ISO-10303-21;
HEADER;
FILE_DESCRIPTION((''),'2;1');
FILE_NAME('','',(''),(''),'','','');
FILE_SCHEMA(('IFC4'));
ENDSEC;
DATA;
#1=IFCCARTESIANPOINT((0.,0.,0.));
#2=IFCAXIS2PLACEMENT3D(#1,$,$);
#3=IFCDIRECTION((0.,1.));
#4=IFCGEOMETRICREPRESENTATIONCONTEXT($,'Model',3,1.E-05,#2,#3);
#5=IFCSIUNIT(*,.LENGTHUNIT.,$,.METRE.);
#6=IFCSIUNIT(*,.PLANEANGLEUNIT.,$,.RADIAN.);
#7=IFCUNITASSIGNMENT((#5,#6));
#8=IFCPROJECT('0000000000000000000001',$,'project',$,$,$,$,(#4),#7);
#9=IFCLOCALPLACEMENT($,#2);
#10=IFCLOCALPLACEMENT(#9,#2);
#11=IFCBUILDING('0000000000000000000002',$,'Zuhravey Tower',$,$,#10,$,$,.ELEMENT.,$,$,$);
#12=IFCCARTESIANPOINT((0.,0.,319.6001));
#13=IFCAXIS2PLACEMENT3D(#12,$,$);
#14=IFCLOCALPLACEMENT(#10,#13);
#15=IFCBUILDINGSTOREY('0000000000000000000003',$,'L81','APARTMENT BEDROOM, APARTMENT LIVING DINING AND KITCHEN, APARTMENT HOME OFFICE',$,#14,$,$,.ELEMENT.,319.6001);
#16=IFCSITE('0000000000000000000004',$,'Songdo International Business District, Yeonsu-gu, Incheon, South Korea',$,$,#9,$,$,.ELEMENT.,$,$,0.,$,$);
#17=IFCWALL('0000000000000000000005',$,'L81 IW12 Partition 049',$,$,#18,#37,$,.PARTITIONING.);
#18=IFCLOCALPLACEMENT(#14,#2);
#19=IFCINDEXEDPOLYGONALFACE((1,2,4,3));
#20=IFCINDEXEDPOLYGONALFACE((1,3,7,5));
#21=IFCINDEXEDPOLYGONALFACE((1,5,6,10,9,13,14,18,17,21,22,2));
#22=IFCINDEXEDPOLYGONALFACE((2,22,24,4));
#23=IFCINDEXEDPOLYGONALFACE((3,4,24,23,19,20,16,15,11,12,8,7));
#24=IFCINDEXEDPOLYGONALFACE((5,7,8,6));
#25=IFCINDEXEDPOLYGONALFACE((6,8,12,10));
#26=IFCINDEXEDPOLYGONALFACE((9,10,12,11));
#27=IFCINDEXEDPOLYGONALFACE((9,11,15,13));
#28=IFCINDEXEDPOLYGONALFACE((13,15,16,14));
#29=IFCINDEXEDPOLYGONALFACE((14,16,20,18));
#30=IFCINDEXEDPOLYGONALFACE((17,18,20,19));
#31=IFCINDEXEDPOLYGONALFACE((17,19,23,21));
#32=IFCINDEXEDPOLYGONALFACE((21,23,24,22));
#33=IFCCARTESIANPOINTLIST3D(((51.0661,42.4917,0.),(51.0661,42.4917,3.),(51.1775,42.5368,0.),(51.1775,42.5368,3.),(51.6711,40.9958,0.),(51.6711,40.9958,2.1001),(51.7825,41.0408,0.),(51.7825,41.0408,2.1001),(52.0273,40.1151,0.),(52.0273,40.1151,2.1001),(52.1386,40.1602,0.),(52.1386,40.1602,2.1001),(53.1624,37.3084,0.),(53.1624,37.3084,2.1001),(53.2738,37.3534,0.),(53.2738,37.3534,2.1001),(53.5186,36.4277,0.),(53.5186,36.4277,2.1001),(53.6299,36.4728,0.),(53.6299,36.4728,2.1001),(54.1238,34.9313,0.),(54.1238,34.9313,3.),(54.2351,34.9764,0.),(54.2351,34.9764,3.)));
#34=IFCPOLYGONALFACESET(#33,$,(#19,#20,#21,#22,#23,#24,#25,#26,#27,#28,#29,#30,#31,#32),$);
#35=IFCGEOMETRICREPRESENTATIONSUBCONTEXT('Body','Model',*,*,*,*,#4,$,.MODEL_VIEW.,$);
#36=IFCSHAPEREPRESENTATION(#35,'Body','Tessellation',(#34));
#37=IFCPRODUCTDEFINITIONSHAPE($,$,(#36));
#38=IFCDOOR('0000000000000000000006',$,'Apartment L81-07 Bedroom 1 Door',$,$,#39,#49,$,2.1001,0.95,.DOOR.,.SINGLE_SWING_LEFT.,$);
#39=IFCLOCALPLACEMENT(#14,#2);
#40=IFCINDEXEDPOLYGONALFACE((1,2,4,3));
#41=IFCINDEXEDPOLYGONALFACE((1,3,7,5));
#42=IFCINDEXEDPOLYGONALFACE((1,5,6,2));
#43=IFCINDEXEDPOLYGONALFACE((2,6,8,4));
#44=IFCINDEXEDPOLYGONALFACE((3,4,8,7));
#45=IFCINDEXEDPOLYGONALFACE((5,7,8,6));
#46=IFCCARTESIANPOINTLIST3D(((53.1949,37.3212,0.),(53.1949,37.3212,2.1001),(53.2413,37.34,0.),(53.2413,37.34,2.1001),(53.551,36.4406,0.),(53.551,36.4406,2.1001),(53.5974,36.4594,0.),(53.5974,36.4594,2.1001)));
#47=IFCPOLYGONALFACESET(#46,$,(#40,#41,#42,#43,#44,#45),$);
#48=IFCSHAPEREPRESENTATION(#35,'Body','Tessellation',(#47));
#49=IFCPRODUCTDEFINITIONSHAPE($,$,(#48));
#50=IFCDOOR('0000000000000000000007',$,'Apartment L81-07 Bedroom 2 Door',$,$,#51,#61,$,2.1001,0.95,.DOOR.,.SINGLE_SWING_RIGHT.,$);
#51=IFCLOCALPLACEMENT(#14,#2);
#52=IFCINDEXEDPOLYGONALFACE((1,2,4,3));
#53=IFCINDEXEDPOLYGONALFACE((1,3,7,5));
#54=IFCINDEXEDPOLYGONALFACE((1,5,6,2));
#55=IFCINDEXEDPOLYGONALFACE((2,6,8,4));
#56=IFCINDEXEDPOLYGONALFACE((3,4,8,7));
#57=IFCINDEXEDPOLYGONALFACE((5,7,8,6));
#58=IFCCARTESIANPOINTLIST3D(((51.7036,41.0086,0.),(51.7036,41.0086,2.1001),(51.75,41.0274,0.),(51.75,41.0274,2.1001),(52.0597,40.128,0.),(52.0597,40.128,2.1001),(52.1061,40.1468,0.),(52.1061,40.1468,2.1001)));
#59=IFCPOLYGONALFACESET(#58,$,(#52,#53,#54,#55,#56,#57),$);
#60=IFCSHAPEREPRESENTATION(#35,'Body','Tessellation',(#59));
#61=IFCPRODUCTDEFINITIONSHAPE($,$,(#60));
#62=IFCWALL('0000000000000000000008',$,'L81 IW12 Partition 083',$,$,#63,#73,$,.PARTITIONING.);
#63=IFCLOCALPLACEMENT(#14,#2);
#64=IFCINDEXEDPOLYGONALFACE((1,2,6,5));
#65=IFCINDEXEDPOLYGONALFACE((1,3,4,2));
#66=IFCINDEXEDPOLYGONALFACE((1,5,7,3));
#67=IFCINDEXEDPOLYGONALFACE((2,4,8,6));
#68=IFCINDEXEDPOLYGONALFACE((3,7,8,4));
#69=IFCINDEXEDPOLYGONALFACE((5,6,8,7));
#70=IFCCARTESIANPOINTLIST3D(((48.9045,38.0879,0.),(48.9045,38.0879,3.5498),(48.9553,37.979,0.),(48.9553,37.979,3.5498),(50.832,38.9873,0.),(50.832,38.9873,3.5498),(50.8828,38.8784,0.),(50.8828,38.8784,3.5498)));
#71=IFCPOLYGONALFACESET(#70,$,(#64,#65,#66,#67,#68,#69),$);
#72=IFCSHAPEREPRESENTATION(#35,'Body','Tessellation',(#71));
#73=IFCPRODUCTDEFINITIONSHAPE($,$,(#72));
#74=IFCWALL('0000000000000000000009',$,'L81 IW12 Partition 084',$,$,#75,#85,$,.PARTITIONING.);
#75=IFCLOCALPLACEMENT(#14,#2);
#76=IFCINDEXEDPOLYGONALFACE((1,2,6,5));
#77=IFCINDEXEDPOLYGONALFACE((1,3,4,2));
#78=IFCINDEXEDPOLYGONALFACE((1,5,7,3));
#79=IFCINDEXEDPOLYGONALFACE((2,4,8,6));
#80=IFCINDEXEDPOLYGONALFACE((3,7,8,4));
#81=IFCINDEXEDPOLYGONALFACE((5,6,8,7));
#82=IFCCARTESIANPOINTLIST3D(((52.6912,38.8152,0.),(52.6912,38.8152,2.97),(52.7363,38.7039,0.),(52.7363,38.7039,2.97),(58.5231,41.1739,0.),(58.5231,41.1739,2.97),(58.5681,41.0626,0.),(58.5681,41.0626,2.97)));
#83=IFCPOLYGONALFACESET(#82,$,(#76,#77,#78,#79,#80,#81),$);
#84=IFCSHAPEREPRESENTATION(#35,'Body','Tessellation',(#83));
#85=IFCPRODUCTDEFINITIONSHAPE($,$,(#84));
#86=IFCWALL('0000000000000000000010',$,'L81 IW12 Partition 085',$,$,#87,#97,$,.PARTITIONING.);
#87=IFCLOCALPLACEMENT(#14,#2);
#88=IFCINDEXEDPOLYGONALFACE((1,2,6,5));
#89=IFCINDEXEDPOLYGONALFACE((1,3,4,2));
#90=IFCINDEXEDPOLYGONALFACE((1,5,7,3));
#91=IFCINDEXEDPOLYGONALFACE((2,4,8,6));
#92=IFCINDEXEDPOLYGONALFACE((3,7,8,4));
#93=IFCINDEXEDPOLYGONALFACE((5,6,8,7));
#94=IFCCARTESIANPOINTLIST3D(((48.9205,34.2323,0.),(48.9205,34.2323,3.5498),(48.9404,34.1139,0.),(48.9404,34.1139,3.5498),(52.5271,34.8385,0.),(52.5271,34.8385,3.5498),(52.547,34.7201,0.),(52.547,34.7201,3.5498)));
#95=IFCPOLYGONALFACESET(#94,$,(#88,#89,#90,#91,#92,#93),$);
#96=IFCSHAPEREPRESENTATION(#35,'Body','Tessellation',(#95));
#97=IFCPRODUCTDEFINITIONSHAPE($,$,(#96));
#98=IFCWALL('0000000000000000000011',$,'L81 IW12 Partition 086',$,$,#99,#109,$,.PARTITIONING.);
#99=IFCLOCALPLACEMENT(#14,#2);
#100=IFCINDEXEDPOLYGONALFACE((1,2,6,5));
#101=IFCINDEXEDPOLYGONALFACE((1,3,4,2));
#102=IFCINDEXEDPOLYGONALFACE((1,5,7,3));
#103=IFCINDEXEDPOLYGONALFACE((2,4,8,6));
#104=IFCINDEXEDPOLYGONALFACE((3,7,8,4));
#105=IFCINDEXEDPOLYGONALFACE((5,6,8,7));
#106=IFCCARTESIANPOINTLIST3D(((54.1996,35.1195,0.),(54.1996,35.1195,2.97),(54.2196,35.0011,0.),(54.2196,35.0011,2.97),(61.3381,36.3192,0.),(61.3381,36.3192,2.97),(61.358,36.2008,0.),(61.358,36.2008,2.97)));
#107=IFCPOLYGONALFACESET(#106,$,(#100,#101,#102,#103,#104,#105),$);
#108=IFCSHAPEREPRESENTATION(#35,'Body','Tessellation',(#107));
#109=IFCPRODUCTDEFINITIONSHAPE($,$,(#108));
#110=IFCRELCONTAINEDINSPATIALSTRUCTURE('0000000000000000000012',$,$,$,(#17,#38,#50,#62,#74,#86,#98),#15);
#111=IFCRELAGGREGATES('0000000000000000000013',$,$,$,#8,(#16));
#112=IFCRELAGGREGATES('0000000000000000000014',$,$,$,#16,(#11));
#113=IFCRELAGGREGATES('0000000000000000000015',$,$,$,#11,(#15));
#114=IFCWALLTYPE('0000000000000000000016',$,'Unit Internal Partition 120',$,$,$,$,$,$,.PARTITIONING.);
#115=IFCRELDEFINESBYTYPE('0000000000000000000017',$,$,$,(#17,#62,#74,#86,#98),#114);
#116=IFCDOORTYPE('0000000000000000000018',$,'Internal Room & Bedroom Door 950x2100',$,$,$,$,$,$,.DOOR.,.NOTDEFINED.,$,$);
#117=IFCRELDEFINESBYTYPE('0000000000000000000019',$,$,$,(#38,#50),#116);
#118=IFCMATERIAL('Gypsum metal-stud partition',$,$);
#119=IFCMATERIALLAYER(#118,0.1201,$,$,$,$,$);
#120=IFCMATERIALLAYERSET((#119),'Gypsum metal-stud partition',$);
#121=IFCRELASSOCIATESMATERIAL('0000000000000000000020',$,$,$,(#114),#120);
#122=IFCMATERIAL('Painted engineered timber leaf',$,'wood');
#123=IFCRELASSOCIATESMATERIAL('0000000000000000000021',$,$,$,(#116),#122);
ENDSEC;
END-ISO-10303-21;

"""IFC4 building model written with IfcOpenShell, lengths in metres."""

from ifc_helpers import new_model, si_unit, direction, frame, frame_2d, origin, place, context, subcontext, project, spatial, rectangle, extrude, material, layer, layer_set, type_object, element, fill, save


model = new_model("IFC4")

# Units and contexts
model_context = context("Model", 3, precision=1e-05, world=origin(), true_north=direction((0.0, 1.0)))
body_context = subcontext(model_context, "Body", "Model", "MODEL_VIEW")
ifc_project = project(units=[si_unit("LENGTHUNIT", "METRE"), si_unit("PLANEANGLEUNIT", "RADIAN")], contexts=[model_context])

# Site, building, storey
site_placement = place(None, origin())
site = spatial("IfcSite", under=ifc_project, at=site_placement, Name="Songdo International Business District, Yeonsu-gu, Incheon, South Korea", CompositionType="ELEMENT", RefElevation=0.0)
building_placement = place(site_placement, origin())
building = spatial("IfcBuilding", under=site, at=building_placement, Name="Zuhravey Tower", CompositionType="ELEMENT")
storey_placement = place(building_placement, frame((0.0, 0.0, 319.6001)))
storey = spatial("IfcBuildingStorey", under=building, at=storey_placement, Name="L81", Description="APARTMENT BEDROOM, APARTMENT LIVING DINING AND KITCHEN, APARTMENT HOME OFFICE", CompositionType="ELEMENT", Elevation=319.6001)

# Wall, openings, doors
ifc_material_1 = material(Name="Gypsum metal-stud partition")
ifc_layer_1 = layer(ifc_material_1, 0.1201)
ifc_layer_set_1 = layer_set([ifc_layer_1], Name="Gypsum metal-stud partition")
wall_type_1 = type_object("IfcWallType", Name="Unit Internal Partition 120", PredefinedType="PARTITIONING", material=ifc_layer_set_1)
ifc_material_2 = material(Name="Painted engineered timber leaf", Category="wood")
door_type_1 = type_object("IfcDoorType", Name="Internal Room & Bedroom Door 950x2100", OperationType="NOTDEFINED", PredefinedType="DOOR", material=ifc_material_2)
wall_1_placement = place(storey_placement, frame((54.1794, 34.9539, 0.0), z_axis=(0.0, 0.0, 1.0), x_axis=(-0.374929, 0.927054, 0.0)))
wall_1 = element("IfcWall", 1, at=wall_1_placement, inside=storey, type_object=wall_type_1, Name="L81 IW12 Partition 049", PredefinedType="PARTITIONING", context=body_context, shape_type="SweptSolid", body=[
    extrude(rectangle(XDim=8.1553, YDim=0.1201, at=frame_2d((4.0776, 0.0))), origin(), (0.0, 0.0, 1.0), 3.0),
])
opening_1_placement = place(wall_1_placement, frame((1.614, 0.0, 0.0)))
opening_1 = element("IfcOpeningElement", 2, at=opening_1_placement, cuts=wall_1, PredefinedType="OPENING", context=body_context, shape_type="SweptSolid", body=[
    extrude(rectangle(XDim=0.95, YDim=2.1001, at=frame_2d((0.4751, 1.05))), frame((0.0, 0.072, 0.0), z_axis=(0.0, -1.0, 0.0), x_axis=(1.0, 0.0, 0.0)), (0.0, 0.0, 1.0), 0.144),
])
opening_2_placement = place(wall_1_placement, frame((5.5916, 0.0, 0.0)))
opening_2 = element("IfcOpeningElement", 3, at=opening_2_placement, cuts=wall_1, PredefinedType="OPENING", context=body_context, shape_type="SweptSolid", body=[
    extrude(rectangle(XDim=0.95, YDim=2.1001, at=frame_2d((0.4751, 1.05))), frame((0.0, 0.072, 0.0), z_axis=(0.0, -1.0, 0.0), x_axis=(1.0, 0.0, 0.0)), (0.0, 0.0, 1.0), 0.144),
])
door_1_placement = place(opening_1_placement, frame((0.95, 0.0, 0.0), z_axis=(0.0, 0.0, 1.0), x_axis=(-1.0, 0.0, 0.0)))
door_1 = element("IfcDoor", 4, at=door_1_placement, inside=storey, type_object=door_type_1, Name="Apartment L81-07 Bedroom 1 Door", OperationType="SINGLE_SWING_LEFT", OverallHeight=2.1001, OverallWidth=0.95, PredefinedType="DOOR", context=body_context, shape_type="SweptSolid", body=[
    extrude(rectangle(XDim=0.95, YDim=2.1001, at=frame_2d((0.4751, 1.05))), frame((0.0, 0.0249, 0.0), z_axis=(0.0, -1.0, 0.0), x_axis=(1.0, 0.0, 0.0)), (0.0, 0.0, 1.0), 0.05),
])
fill(opening_1, door_1)
door_2_placement = place(opening_2_placement, frame((0.95, 0.0, 0.0), z_axis=(0.0, 0.0, 1.0), x_axis=(-1.0, 0.0, 0.0)))
door_2 = element("IfcDoor", 5, at=door_2_placement, inside=storey, type_object=door_type_1, Name="Apartment L81-07 Bedroom 2 Door", OperationType="SINGLE_SWING_RIGHT", OverallHeight=2.1001, OverallWidth=0.95, PredefinedType="DOOR", context=body_context, shape_type="SweptSolid", body=[
    extrude(rectangle(XDim=0.95, YDim=2.1001, at=frame_2d((0.4751, 1.05))), frame((0.0, 0.0249, 0.0), z_axis=(0.0, -1.0, 0.0), x_axis=(1.0, 0.0, 0.0)), (0.0, 0.0, 1.0), 0.05),
])
fill(opening_2, door_2)

# Walls
wall_2_placement = place(storey_placement, frame((48.9299, 38.0334, 0.0), z_axis=(0.0, 0.0, 1.0), x_axis=(0.906198, 0.422854, 0.0)))
element("IfcWall", 6, at=wall_2_placement, inside=storey, type_object=wall_type_1, Name="L81 IW12 Partition 083", PredefinedType="PARTITIONING", context=body_context, shape_type="SweptSolid", body=[
    extrude(rectangle(XDim=2.127, YDim=0.1201, at=frame_2d((1.0635, 0.0))), origin(), (0.0, 0.0, 1.0), 3.5498),
])
wall_3_placement = place(storey_placement, frame((52.7136, 38.7595, 0.0), z_axis=(0.0, 0.0, 1.0), x_axis=(0.927049, 0.374941, 0.0)))
element("IfcWall", 7, at=wall_3_placement, inside=storey, type_object=wall_type_1, Name="L81 IW12 Partition 084", PredefinedType="PARTITIONING", context=body_context, shape_type="SweptSolid", body=[
    extrude(rectangle(XDim=6.2908, YDim=0.1201, at=frame_2d((3.1455, 0.0))), origin(), (0.0, 0.0, 1.0), 2.97),
])
wall_4_placement = place(storey_placement, frame((48.9304, 34.1731, 0.0), z_axis=(0.0, 0.0, 1.0), x_axis=(0.986167, 0.165752, 0.0)))
element("IfcWall", 8, at=wall_4_placement, inside=storey, type_object=wall_type_1, Name="L81 IW12 Partition 085", PredefinedType="PARTITIONING", context=body_context, shape_type="SweptSolid", body=[
    extrude(rectangle(XDim=3.6572, YDim=0.1201, at=frame_2d((1.8286, 0.0))), origin(), (0.0, 0.0, 1.0), 3.5498),
])
wall_5_placement = place(storey_placement, frame((54.2097, 35.0603, 0.0), z_axis=(0.0, 0.0, 1.0), x_axis=(0.98617, 0.165739, 0.0)))
element("IfcWall", 9, at=wall_5_placement, inside=storey, type_object=wall_type_1, Name="L81 IW12 Partition 086", PredefinedType="PARTITIONING", context=body_context, shape_type="SweptSolid", body=[
    extrude(rectangle(XDim=7.2385, YDim=0.1201, at=frame_2d((3.6191, 0.0))), origin(), (0.0, 0.0, 1.0), 2.97),
])

save(model, "model.ifc")
